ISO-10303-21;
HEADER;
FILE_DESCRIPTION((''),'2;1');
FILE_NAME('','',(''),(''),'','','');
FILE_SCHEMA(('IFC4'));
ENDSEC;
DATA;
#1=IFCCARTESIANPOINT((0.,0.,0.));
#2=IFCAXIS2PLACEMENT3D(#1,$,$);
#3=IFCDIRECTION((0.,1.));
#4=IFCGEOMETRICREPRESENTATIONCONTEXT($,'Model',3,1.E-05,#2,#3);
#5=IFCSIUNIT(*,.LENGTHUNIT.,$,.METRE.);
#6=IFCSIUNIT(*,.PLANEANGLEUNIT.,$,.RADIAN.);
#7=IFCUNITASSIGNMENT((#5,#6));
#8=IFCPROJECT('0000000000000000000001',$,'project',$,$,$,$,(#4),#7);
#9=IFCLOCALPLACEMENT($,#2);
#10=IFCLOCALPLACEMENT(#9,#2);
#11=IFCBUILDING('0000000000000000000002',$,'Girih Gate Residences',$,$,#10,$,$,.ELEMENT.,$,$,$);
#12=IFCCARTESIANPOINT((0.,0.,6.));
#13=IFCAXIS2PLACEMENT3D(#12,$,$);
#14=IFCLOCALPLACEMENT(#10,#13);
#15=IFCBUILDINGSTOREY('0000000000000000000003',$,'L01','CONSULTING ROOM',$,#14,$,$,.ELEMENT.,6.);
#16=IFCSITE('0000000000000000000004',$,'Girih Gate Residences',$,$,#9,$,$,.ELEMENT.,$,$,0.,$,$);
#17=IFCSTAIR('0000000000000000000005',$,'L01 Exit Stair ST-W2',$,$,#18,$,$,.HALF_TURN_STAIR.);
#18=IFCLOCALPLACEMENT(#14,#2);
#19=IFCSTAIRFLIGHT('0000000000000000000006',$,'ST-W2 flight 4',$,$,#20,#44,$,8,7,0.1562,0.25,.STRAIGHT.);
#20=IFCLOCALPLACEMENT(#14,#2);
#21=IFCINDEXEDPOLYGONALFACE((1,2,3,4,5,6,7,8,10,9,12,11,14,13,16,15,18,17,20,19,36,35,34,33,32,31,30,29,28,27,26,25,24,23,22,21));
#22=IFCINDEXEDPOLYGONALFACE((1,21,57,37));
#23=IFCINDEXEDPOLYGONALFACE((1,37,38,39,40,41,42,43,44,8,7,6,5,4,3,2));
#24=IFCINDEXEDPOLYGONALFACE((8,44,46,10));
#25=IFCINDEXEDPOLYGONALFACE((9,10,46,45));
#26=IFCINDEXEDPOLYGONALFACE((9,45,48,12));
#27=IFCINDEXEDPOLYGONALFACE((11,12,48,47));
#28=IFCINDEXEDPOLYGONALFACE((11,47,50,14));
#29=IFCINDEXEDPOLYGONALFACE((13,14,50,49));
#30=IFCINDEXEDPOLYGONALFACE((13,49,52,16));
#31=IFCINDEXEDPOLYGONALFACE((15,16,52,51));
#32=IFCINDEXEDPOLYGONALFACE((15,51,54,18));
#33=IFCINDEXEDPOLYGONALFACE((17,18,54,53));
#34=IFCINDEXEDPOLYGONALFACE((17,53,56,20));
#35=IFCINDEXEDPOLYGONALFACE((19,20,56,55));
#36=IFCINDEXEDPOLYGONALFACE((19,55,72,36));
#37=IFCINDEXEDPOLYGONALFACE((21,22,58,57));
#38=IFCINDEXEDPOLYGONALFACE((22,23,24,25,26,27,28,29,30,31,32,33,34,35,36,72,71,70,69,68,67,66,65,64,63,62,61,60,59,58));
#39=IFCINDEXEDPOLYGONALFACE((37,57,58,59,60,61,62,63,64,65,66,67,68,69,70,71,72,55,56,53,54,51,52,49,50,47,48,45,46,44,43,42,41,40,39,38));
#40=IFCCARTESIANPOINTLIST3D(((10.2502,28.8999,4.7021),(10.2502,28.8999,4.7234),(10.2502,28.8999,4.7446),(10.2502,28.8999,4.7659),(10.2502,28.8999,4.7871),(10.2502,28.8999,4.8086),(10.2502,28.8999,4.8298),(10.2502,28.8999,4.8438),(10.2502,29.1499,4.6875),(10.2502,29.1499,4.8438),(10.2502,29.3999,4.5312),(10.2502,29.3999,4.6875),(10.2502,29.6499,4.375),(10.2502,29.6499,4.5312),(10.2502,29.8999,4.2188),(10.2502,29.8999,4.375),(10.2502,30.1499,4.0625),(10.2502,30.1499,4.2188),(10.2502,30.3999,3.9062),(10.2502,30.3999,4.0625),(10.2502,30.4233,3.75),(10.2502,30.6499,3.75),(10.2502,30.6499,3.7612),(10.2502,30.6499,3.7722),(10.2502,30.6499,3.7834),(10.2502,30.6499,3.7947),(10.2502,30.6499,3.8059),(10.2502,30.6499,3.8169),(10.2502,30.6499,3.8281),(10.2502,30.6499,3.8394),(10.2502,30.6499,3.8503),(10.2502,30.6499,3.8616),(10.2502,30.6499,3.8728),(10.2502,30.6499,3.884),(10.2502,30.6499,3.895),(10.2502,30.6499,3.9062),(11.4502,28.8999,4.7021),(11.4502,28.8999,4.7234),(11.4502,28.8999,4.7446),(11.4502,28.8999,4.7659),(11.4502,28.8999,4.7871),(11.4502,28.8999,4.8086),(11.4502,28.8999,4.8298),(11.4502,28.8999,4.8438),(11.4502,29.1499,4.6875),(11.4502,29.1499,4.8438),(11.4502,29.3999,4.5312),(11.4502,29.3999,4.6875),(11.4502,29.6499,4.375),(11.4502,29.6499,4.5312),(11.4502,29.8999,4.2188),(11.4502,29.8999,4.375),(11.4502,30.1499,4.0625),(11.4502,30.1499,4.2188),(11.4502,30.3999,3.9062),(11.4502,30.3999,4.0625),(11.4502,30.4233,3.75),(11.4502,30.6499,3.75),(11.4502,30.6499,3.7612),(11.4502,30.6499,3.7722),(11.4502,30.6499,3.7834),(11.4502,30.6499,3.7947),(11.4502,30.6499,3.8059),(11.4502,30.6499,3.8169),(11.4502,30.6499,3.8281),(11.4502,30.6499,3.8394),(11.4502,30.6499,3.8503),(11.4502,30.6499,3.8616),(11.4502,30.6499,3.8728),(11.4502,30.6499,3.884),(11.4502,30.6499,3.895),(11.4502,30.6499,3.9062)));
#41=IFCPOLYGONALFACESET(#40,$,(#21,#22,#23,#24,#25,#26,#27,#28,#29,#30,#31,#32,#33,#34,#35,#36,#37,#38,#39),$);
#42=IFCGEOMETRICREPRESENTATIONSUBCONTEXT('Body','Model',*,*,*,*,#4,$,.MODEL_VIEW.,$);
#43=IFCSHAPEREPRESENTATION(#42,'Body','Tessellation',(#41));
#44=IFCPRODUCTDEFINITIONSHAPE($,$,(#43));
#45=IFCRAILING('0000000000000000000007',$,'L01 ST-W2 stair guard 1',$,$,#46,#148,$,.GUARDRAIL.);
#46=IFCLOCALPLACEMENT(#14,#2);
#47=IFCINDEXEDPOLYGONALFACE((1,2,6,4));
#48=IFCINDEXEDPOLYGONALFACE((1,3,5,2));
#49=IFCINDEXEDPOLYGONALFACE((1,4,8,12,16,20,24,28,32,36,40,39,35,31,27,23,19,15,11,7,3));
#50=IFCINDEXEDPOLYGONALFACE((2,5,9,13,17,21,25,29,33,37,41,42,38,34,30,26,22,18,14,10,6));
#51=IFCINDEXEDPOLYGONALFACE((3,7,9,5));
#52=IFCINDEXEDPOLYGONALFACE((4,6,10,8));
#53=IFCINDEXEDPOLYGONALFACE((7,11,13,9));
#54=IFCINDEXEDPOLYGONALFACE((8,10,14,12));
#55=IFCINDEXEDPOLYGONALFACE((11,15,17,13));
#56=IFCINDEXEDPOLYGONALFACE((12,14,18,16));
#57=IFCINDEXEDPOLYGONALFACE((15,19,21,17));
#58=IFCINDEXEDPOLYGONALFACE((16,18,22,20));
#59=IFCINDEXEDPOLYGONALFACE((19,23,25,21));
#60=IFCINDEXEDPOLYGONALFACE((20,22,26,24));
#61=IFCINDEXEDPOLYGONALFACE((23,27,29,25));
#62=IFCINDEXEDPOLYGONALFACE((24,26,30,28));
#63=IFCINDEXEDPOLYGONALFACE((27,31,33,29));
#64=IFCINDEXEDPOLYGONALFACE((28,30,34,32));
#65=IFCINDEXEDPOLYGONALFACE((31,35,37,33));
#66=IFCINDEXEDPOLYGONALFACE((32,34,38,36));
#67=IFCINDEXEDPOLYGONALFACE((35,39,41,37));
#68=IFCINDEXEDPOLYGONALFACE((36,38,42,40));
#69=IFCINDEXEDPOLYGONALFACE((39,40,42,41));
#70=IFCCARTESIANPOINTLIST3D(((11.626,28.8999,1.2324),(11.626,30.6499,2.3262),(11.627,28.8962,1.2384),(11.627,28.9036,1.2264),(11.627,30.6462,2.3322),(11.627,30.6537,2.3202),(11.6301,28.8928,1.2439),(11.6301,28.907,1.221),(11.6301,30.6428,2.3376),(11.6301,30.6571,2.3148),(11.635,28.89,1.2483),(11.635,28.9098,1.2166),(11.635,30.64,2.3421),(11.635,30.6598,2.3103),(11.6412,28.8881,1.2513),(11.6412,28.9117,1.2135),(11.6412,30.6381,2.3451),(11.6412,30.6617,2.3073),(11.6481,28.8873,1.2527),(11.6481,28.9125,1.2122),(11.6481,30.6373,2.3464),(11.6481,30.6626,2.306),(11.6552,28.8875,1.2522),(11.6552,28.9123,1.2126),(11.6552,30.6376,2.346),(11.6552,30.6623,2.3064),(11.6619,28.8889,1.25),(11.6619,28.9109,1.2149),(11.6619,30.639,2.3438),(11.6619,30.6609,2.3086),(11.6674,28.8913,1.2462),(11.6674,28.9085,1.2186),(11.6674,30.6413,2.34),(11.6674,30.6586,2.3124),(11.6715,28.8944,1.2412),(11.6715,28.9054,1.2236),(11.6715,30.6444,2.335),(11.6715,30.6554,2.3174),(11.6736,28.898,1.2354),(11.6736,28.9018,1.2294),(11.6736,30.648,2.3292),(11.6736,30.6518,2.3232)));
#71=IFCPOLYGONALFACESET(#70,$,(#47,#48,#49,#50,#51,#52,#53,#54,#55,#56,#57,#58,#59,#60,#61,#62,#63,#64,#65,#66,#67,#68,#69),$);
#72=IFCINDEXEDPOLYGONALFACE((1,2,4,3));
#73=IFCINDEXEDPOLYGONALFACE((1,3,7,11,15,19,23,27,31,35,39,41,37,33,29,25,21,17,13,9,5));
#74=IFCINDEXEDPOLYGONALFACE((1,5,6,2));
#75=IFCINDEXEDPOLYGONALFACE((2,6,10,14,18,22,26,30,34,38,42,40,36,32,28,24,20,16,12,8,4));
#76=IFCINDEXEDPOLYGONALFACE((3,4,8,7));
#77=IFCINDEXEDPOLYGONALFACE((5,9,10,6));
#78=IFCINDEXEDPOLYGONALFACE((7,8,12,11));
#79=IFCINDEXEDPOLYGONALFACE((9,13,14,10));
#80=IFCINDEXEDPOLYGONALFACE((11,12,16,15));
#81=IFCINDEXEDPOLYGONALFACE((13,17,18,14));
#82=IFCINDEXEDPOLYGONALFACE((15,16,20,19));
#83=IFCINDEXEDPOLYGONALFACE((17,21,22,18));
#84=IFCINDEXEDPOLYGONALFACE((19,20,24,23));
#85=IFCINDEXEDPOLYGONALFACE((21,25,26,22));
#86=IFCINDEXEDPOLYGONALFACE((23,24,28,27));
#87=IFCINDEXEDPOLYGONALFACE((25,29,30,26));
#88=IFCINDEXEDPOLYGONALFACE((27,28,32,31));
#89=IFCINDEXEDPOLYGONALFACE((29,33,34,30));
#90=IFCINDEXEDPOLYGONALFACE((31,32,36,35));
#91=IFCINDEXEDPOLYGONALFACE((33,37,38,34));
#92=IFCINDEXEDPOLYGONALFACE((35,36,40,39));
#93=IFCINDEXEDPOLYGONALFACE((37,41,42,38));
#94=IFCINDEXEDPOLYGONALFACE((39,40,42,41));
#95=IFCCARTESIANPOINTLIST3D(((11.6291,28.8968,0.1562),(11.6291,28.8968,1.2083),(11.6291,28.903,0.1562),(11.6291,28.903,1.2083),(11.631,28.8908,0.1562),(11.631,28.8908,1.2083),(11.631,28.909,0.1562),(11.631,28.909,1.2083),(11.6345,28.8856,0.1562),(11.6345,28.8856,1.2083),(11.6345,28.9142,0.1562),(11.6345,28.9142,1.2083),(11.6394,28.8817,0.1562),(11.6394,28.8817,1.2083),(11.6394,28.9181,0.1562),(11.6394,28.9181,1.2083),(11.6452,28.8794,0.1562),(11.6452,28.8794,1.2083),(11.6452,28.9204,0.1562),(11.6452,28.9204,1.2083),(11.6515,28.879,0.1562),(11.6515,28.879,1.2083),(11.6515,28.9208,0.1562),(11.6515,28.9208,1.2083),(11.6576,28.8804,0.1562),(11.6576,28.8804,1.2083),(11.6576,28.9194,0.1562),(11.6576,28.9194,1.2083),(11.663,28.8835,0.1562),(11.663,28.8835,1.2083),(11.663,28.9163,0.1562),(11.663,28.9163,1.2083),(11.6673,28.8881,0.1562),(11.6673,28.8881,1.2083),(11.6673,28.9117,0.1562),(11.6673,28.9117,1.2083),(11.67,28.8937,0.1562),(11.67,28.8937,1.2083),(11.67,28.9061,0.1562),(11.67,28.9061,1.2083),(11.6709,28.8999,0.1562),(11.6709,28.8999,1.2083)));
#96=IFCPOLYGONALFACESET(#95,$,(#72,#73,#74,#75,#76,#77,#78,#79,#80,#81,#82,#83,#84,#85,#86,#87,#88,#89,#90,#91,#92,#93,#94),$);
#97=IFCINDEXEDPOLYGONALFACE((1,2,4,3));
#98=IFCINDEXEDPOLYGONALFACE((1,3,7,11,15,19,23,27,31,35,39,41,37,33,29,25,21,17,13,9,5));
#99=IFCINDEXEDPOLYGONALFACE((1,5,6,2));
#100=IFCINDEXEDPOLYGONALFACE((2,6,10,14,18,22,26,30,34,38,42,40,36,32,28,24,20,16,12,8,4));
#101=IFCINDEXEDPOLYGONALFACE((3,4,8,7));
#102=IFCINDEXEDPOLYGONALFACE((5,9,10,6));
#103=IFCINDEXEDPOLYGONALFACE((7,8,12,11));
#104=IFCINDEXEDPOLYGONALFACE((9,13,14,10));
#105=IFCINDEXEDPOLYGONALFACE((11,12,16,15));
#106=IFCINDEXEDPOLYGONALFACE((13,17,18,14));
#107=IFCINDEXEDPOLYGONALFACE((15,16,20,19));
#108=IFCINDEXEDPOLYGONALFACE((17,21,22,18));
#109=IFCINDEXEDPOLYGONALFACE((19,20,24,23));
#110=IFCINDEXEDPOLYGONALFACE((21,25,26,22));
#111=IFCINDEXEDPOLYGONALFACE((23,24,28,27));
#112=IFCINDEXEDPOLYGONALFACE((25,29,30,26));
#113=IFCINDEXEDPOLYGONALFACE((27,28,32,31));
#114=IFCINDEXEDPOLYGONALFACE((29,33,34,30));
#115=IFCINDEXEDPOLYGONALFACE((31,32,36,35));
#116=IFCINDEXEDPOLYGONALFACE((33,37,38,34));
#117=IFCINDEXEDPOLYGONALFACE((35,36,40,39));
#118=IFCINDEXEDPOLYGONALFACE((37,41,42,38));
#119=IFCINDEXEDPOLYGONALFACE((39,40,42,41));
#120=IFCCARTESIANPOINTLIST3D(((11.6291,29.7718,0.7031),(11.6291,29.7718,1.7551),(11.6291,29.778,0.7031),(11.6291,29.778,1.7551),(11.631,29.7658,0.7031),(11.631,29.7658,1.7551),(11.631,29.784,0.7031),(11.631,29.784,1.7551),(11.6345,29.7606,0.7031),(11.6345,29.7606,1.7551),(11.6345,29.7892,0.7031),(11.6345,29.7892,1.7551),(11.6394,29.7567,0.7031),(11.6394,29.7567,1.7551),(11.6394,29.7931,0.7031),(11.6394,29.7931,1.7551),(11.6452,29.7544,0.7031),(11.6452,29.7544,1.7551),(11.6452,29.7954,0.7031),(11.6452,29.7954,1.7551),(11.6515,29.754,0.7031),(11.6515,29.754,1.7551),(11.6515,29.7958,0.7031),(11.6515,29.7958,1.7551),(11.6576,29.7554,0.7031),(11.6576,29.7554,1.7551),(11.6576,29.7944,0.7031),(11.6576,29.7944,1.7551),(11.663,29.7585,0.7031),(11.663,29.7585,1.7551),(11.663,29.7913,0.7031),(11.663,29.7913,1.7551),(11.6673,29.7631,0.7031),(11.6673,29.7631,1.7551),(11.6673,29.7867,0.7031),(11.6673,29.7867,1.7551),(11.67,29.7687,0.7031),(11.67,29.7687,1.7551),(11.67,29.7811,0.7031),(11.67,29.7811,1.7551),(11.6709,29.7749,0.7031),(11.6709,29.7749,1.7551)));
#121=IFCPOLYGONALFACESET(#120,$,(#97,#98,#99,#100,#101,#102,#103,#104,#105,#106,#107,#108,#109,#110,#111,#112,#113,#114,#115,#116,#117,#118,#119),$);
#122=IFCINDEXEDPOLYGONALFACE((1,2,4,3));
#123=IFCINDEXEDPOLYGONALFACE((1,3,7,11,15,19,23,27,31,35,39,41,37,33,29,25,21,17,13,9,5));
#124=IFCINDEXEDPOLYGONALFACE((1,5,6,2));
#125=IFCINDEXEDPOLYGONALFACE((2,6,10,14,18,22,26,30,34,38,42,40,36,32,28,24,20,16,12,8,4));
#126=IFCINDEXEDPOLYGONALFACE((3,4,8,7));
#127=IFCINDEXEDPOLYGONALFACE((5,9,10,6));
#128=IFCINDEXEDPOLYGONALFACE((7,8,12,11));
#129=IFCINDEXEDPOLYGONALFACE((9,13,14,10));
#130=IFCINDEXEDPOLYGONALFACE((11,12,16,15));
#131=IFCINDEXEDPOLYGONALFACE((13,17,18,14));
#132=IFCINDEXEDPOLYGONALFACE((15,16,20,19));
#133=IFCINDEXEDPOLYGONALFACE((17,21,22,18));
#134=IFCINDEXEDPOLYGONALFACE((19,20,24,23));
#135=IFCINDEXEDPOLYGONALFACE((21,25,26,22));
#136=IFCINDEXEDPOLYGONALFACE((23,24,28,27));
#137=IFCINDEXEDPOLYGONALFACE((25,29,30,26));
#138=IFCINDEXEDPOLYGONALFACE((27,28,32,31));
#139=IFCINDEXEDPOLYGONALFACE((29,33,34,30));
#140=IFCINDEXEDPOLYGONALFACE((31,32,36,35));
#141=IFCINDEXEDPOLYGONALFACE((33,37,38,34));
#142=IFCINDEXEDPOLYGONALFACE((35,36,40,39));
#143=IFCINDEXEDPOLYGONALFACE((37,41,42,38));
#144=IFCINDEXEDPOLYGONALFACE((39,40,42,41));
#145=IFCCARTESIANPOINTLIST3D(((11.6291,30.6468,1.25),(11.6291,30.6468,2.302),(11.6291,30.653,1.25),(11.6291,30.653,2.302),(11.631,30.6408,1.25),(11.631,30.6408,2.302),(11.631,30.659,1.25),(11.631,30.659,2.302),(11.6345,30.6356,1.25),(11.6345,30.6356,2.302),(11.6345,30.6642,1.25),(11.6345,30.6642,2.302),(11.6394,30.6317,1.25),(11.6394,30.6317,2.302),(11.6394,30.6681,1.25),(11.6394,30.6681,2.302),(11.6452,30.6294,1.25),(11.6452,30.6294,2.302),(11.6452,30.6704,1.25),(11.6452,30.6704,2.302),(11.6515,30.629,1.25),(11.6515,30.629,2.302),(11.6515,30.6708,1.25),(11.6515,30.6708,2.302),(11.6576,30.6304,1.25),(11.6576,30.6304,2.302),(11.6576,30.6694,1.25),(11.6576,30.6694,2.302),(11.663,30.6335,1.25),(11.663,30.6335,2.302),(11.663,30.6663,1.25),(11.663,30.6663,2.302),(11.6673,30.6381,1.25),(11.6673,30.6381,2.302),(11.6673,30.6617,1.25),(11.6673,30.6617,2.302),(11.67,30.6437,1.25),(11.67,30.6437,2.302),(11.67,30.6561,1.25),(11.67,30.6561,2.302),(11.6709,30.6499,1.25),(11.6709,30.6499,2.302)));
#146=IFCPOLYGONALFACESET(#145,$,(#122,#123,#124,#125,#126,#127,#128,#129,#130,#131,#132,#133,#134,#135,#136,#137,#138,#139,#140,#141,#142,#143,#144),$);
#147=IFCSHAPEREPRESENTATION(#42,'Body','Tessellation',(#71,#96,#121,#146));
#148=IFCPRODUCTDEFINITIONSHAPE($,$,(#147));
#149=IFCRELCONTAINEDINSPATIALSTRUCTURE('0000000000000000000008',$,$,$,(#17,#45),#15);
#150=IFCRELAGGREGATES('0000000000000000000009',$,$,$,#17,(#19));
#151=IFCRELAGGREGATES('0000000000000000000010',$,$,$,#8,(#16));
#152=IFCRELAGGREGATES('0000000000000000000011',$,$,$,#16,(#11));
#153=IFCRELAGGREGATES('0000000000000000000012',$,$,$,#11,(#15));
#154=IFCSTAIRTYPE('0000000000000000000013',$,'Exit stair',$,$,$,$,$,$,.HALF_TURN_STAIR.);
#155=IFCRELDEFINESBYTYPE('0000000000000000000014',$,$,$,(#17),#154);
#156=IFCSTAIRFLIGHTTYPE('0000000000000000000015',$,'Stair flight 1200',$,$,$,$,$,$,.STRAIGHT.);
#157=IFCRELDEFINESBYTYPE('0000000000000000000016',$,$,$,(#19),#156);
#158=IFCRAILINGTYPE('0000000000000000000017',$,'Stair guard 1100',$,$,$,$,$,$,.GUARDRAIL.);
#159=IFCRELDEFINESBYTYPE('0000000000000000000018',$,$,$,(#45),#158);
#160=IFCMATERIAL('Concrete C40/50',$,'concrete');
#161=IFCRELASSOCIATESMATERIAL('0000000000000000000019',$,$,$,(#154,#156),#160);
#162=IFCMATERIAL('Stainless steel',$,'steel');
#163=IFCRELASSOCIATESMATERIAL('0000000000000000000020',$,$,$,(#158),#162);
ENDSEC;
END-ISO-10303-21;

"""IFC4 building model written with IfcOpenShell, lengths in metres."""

from ifc_helpers import new_model, si_unit, direction, frame, origin, origin_2d, place, context, subcontext, project, spatial, polyline, circle, outline, extrude, material, type_object, element, aggregate, save


model = new_model("IFC4")

# Units and contexts
model_context = context("Model", 3, precision=1e-05, world=origin(), true_north=direction((0.0, 1.0)))
body_context = subcontext(model_context, "Body", "Model", "MODEL_VIEW")
ifc_project = project(units=[si_unit("LENGTHUNIT", "METRE"), si_unit("PLANEANGLEUNIT", "RADIAN")], contexts=[model_context])

# Site, building, storey
site_placement = place(None, origin())
site = spatial("IfcSite", under=ifc_project, at=site_placement, Name="Girih Gate Residences", CompositionType="ELEMENT", RefElevation=0.0)
building_placement = place(site_placement, origin())
building = spatial("IfcBuilding", under=site, at=building_placement, Name="Girih Gate Residences", CompositionType="ELEMENT")
storey_placement = place(building_placement, frame((0.0, 0.0, 6.0)))
storey = spatial("IfcBuildingStorey", under=building, at=storey_placement, Name="L01", Description="CONSULTING ROOM", CompositionType="ELEMENT", Elevation=6.0)

# Shared definitions
ifc_material_1 = material(Name="Concrete C40/50", Category="concrete")

# Stair, stair flight
stair_type = type_object("IfcStairType", Name="Exit stair", PredefinedType="HALF_TURN_STAIR", material=ifc_material_1)
stair_placement = place(storey_placement, origin())
stair = element("IfcStair", 1, at=stair_placement, inside=storey, type_object=stair_type, Name="L01 Exit Stair ST-W2", PredefinedType="HALF_TURN_STAIR")
stair_flight_type = type_object("IfcStairFlightType", Name="Stair flight 1200", PredefinedType="STRAIGHT", material=ifc_material_1)
stair_flight_1_placement = place(storey_placement, frame((10.8501, 30.6499, 3.75), z_axis=(0.0, 0.0, 1.0), x_axis=(0.0, -1.0, 0.0)))
stair_flight_1 = element("IfcStairFlight", 2, at=stair_flight_1_placement, type_object=stair_flight_type, Name="ST-W2 flight 4", NumberOfRisers=8, NumberOfTreads=7, PredefinedType="STRAIGHT", RiserHeight=0.1562, TreadLength=0.25, context=body_context, shape_type="SweptSolid", body=[
    extrude(outline(polyline([(0.0, 0.0), (0.0, 0.0112), (0.0, 0.0222), (0.0, 0.0334), (0.0, 0.0447), (0.0, 0.0559), (0.0, 0.0669), (0.0, 0.0781), (0.0, 0.0894), (0.0, 0.1003), (0.0, 0.1116), (0.0, 0.1228), (0.0, 0.134), (0.0, 0.145), (0.0, 0.1562), (0.25, 0.1562), (0.25, 0.3125), (0.5, 0.3125), (0.5, 0.4688), (0.75, 0.4688), (0.75, 0.625), (1.0, 0.625), (1.0, 0.7812), (1.25, 0.7812), (1.25, 0.9375), (1.5, 0.9375), (1.5, 1.0938), (1.75, 1.0938), (1.75, 1.105), (1.75, 1.116), (1.75, 1.1272), (1.75, 1.1384), (1.75, 1.1497), (1.75, 1.1606), (1.75, 1.1719), (1.75, 1.1831), (1.75, 1.1941), (1.75, 1.2053), (1.75, 1.2166), (1.75, 1.2278), (1.75, 1.2388), (1.75, 1.25), (1.75, 1.2288), (1.75, 1.2075), (1.75, 1.1863), (1.75, 1.1648), (1.75, 1.1436), (1.75, 1.1223), (1.75, 1.1011), (1.75, 1.0798), (1.75, 1.0586), (1.75, 1.0371), (1.75, 1.0159), (1.75, 0.9946), (1.75, 0.9734), (1.75, 0.9521), (0.2266, 0.0), (0.0, 0.0)])), frame((0.0, 0.6001, 0.0), z_axis=(0.0, -1.0, 0.0), x_axis=(1.0, 0.0, 0.0)), (0.0, 0.0, 1.0), 1.2),
])
aggregate(stair, [stair_flight_1])

# Railing
ifc_material_2 = material(Name="Stainless steel", Category="steel")
railing_type_1 = type_object("IfcRailingType", Name="Stair guard 1100", PredefinedType="GUARDRAIL", material=ifc_material_2)
railing_1_placement = place(storey_placement, frame((11.6499, 28.8999, 0.1562)))
element("IfcRailing", 3, at=railing_1_placement, inside=storey, type_object=railing_type_1, Name="L01 ST-W2 stair guard 1", PredefinedType="GUARDRAIL", context=body_context, shape_type="SweptSolid", body=[
    extrude(circle(Radius=0.0239, at=origin_2d()), frame((0.0, 0.0, 1.0762), z_axis=(0.0, 0.847998, 0.529999), x_axis=(-1.0, 0.0, 0.0)), (0.0, 0.0, 1.0), 2.0637),
    extrude(circle(Radius=0.021, at=origin_2d()), origin(), (0.0, 0.0, 1.0), 1.052),
    extrude(circle(Radius=0.021, at=origin_2d()), frame((0.0, 0.875, 0.5469)), (0.0, 0.0, 1.0), 1.052),
    extrude(circle(Radius=0.021, at=origin_2d()), frame((0.0, 1.75, 1.0938)), (0.0, 0.0, 1.0), 1.052),
])

save(model, "model.ifc")
